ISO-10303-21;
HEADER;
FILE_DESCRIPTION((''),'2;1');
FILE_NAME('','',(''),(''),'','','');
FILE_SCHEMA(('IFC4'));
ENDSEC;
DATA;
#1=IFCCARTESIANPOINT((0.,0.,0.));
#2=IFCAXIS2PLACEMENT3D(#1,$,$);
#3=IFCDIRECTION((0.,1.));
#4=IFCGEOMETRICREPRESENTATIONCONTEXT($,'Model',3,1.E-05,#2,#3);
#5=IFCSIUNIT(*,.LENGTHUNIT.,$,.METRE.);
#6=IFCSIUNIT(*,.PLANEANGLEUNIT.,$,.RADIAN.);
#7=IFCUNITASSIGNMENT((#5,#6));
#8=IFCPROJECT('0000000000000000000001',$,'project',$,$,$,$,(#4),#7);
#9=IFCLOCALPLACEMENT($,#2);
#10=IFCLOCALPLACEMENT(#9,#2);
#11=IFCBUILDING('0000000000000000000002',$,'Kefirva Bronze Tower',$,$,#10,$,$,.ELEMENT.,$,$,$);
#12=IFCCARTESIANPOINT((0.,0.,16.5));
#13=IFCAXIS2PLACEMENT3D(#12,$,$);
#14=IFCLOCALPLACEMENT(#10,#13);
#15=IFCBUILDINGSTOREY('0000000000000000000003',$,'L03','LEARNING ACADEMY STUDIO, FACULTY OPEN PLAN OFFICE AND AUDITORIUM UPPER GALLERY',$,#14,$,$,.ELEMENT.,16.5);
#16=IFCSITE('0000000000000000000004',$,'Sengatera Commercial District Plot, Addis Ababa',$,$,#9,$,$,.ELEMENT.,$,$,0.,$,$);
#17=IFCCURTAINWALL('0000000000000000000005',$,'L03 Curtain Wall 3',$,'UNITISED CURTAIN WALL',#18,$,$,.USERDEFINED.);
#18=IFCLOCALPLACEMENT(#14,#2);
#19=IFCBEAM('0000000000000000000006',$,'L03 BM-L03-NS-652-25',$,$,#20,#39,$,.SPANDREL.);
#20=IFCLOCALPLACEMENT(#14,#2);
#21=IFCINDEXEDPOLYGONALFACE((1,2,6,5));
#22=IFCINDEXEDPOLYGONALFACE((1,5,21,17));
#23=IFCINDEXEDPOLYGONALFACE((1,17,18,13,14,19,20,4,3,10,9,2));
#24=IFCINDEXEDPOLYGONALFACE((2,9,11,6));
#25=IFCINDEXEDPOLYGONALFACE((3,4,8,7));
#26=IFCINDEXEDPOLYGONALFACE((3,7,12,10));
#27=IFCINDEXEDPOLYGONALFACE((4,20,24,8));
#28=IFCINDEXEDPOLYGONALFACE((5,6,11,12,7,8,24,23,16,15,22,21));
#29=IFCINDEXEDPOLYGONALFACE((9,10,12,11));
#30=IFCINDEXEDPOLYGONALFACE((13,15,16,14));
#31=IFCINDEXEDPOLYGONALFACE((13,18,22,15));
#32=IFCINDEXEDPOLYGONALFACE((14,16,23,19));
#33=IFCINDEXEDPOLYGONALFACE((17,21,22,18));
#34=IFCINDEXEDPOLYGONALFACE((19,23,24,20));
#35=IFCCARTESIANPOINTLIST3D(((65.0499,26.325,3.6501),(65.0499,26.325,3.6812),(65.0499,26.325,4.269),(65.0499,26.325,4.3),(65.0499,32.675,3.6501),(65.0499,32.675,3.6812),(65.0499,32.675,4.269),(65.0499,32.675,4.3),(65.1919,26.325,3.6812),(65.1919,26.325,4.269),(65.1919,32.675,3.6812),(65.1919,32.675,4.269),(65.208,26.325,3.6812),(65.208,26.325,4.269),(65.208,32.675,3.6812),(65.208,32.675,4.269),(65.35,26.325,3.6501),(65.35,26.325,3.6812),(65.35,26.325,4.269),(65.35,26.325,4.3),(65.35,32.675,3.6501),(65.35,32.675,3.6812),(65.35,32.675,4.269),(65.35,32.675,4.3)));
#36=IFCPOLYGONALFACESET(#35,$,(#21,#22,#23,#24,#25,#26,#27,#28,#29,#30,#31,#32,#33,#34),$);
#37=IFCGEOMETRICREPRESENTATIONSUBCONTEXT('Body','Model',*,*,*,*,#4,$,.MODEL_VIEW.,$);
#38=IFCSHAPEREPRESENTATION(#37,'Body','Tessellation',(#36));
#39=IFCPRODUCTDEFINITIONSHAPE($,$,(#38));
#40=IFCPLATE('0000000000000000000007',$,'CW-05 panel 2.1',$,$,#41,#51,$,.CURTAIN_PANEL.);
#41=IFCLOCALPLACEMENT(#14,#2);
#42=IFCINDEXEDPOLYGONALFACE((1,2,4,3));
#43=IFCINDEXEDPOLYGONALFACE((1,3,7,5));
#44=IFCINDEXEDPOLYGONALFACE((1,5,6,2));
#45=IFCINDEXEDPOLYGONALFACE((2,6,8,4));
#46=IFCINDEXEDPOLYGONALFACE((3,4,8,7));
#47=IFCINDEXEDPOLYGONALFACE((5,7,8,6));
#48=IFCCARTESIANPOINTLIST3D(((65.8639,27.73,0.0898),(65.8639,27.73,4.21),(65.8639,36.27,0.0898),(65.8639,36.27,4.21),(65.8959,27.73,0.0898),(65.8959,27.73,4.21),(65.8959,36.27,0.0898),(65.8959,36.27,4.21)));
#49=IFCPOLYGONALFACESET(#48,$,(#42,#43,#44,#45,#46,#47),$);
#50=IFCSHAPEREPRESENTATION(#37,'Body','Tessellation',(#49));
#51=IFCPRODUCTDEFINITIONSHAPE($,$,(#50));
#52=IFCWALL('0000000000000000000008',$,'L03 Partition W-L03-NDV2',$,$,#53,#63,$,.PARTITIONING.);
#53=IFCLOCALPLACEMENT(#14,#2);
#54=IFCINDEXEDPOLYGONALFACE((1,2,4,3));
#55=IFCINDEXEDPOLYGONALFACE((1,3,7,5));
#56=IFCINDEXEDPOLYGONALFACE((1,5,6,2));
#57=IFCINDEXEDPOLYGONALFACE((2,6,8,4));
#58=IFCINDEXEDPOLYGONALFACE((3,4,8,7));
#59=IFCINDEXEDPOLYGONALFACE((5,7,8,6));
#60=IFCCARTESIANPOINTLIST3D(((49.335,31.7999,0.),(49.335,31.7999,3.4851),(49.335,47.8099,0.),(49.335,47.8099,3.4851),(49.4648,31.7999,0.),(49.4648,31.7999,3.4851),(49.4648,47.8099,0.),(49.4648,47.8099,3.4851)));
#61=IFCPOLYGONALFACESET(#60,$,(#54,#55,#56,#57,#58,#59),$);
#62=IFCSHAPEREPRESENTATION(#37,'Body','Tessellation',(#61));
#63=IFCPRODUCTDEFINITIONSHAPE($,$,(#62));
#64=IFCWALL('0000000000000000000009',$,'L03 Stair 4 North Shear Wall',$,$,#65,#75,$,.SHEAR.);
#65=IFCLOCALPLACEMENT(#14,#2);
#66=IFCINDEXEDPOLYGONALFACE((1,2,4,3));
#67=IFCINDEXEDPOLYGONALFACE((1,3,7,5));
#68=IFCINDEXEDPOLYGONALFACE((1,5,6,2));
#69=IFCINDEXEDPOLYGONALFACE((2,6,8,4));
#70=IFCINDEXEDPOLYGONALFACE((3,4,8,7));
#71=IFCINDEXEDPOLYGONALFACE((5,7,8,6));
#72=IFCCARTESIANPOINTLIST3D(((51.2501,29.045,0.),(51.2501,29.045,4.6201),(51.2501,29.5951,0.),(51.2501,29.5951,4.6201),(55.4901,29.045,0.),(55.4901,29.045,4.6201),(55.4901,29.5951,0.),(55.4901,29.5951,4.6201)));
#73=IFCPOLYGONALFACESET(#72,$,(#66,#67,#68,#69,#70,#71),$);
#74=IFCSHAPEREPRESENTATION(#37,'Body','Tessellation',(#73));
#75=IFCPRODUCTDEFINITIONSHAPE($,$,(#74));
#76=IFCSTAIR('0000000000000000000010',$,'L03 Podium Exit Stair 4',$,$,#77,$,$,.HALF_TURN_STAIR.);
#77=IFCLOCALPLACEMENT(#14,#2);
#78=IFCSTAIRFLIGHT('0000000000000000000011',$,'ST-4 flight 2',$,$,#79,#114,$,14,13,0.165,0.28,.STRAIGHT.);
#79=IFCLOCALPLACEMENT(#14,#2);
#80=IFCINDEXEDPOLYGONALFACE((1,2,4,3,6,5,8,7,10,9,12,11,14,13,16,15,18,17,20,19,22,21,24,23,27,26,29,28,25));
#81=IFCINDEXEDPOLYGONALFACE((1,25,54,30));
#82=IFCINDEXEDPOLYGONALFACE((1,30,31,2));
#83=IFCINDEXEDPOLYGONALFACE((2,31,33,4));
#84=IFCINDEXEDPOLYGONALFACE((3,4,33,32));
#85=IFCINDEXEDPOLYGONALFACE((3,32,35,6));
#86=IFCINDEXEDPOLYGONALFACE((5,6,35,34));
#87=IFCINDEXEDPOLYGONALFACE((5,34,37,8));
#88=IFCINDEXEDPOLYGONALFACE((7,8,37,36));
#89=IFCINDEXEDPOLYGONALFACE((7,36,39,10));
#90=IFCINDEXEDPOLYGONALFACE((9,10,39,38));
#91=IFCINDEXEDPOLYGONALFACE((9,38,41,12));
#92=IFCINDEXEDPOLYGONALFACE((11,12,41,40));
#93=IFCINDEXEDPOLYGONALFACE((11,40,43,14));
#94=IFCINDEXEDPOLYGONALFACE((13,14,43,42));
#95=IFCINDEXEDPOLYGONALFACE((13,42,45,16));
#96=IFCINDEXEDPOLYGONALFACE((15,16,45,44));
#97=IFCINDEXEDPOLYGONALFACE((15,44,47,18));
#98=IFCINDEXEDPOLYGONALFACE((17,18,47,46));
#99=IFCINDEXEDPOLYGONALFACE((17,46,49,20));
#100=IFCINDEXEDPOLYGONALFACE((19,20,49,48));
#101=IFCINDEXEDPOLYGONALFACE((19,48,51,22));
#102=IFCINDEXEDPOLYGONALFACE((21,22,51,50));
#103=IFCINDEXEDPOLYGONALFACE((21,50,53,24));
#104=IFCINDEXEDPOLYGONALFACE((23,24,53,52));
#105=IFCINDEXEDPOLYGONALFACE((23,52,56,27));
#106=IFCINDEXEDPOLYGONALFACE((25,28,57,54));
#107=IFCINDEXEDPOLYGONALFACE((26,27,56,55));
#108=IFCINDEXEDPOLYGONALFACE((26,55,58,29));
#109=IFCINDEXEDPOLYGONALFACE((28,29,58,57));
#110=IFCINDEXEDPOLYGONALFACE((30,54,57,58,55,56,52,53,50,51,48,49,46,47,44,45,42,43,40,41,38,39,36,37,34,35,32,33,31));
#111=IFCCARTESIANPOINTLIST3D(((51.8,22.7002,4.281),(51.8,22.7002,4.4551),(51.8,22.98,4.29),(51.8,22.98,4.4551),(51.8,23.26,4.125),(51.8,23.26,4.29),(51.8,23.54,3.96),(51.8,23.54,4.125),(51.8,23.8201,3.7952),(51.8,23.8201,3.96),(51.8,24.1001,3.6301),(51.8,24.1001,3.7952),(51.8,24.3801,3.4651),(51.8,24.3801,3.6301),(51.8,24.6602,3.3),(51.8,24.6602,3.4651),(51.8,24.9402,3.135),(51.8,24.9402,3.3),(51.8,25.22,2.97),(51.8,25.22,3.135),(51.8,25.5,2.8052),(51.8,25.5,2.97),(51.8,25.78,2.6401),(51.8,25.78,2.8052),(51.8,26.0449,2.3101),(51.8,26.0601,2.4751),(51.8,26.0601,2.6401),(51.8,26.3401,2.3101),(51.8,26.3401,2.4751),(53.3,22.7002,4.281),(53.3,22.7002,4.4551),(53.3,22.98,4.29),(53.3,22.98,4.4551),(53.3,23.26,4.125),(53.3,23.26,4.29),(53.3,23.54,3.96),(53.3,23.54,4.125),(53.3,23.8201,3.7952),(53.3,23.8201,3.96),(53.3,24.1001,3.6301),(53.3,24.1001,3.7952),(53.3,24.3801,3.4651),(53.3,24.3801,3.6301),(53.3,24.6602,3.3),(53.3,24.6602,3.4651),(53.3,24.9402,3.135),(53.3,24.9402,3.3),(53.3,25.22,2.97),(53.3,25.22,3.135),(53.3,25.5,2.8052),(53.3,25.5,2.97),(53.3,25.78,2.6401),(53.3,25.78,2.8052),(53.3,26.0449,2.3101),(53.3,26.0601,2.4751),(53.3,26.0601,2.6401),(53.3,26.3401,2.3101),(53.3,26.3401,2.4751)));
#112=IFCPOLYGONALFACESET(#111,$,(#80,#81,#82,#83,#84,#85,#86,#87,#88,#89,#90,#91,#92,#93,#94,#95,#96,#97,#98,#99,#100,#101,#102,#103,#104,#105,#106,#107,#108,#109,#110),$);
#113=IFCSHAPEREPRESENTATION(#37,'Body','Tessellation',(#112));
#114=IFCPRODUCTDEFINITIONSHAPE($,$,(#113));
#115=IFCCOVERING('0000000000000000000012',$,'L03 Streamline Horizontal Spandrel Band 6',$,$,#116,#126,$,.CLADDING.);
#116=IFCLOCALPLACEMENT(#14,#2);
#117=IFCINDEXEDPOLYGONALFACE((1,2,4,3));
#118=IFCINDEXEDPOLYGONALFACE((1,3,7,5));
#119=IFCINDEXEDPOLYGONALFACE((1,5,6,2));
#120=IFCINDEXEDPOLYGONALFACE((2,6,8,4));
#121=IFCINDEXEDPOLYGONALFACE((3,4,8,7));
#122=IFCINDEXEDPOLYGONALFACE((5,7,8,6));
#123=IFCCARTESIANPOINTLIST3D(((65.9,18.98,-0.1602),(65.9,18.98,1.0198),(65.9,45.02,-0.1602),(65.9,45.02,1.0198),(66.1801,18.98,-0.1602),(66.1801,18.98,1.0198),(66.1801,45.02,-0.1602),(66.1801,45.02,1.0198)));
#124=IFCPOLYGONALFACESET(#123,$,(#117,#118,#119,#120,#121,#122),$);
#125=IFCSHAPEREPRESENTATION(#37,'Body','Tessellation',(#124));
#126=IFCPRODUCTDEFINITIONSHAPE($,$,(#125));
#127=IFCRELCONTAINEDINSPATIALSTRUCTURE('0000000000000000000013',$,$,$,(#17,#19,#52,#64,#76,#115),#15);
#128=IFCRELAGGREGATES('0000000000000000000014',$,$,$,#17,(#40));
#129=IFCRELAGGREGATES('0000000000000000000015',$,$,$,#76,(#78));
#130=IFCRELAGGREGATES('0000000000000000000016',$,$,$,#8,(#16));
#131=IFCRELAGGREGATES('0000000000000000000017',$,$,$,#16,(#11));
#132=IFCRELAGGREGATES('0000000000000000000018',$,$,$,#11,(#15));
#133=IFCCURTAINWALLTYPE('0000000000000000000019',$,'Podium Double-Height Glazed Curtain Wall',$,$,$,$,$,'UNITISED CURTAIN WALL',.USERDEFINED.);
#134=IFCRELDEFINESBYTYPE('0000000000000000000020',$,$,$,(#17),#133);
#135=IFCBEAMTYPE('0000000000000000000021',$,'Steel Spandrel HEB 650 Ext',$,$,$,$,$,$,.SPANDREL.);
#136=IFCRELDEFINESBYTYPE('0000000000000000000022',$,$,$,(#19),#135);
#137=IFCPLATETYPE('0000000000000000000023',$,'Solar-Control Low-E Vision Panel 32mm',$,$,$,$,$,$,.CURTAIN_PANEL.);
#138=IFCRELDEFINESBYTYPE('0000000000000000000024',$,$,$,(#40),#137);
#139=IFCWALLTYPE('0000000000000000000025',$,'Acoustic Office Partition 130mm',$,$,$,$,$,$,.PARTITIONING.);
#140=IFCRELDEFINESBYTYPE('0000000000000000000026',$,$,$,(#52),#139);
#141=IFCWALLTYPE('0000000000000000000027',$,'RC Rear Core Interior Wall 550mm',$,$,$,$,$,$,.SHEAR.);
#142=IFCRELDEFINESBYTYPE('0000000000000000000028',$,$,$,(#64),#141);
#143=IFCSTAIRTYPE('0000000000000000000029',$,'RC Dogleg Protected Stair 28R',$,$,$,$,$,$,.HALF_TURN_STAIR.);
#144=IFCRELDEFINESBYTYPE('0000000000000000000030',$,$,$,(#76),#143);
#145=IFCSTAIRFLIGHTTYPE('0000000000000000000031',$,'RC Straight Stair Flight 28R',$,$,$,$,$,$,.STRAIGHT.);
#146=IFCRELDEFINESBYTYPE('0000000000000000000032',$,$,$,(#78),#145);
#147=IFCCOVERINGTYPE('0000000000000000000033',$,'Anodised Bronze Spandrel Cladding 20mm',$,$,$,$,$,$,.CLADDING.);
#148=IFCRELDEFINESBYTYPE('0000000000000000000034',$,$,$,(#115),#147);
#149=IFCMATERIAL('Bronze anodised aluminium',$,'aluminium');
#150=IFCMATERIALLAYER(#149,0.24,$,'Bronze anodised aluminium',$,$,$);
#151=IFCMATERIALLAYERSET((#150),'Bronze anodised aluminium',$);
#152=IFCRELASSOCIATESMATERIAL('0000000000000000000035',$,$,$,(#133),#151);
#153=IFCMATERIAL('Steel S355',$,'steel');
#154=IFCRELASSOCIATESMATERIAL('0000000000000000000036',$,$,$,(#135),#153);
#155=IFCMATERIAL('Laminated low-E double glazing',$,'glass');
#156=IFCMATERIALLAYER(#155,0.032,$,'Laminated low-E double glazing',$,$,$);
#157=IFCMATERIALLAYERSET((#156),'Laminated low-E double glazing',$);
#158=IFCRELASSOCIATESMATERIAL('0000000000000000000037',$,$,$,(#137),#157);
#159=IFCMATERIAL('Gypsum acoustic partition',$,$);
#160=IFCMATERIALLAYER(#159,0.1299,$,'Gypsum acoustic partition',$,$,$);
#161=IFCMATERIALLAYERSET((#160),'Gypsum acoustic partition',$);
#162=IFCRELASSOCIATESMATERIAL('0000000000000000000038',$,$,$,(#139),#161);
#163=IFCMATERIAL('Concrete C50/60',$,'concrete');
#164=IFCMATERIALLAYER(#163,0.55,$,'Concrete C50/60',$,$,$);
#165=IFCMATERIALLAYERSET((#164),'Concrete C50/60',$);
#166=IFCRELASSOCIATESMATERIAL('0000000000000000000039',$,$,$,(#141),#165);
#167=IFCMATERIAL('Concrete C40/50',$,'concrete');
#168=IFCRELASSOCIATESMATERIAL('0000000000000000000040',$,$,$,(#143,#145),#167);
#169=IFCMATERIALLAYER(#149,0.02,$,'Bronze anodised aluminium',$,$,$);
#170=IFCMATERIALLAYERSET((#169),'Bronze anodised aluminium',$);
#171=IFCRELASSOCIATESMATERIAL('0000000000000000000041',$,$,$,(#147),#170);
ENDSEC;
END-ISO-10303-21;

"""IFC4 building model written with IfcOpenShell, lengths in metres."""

from ifc_helpers import new_model, si_unit, direction, frame, frame_2d, origin, origin_2d, place, context, subcontext, project, spatial, polyline, rectangle, i_section, outline, extrude, material, layer, layer_set, material_profile, profile_set, type_object, element, aggregate, save


model = new_model("IFC4")

# Units and contexts
model_context = context("Model", 3, precision=1e-05, world=origin(), true_north=direction((0.0, 1.0)))
body_context = subcontext(model_context, "Body", "Model", "MODEL_VIEW")
ifc_project = project(units=[si_unit("LENGTHUNIT", "METRE"), si_unit("PLANEANGLEUNIT", "RADIAN")], contexts=[model_context])

# Site, building, storey
site_placement = place(None, origin())
site = spatial("IfcSite", under=ifc_project, at=site_placement, Name="Sengatera Commercial District Plot, Addis Ababa", CompositionType="ELEMENT", RefElevation=0.0)
building_placement = place(site_placement, origin())
building = spatial("IfcBuilding", under=site, at=building_placement, Name="Kefirva Bronze Tower", CompositionType="ELEMENT")
storey_placement = place(building_placement, frame((0.0, 0.0, 16.5)))
storey = spatial("IfcBuildingStorey", under=building, at=storey_placement, Name="L03", Description="LEARNING ACADEMY STUDIO, FACULTY OPEN PLAN OFFICE AND AUDITORIUM UPPER GALLERY", CompositionType="ELEMENT", Elevation=16.5)

# Curtain wall
ifc_material_1 = material(Name="Bronze anodised aluminium", Category="aluminium")
ifc_layer_1 = layer(ifc_material_1, 0.24, Name="Bronze anodised aluminium")
ifc_layer_set_1 = layer_set([ifc_layer_1], Name="Bronze anodised aluminium")
curtain_wall_type = type_object("IfcCurtainWallType", Name="Podium Double-Height Glazed Curtain Wall", ElementType="UNITISED CURTAIN WALL", PredefinedType="USERDEFINED", material=ifc_layer_set_1)
curtain_wall_placement = place(storey_placement, origin())
curtain_wall = element("IfcCurtainWall", 1, at=curtain_wall_placement, inside=storey, type_object=curtain_wall_type, Name="L03 Curtain Wall 3", ObjectType="UNITISED CURTAIN WALL", PredefinedType="USERDEFINED")

# Beam
ifc_material_2 = material(Name="Steel S355", Category="steel")
ifc_material_profile_1 = material_profile(ifc_material_2, i_section(OverallWidth=0.3, OverallDepth=0.6499, WebThickness=0.0161, FlangeThickness=0.031, at=origin_2d()), Name="HEB 650")
ifc_profile_set_1 = profile_set([ifc_material_profile_1], Name="Steel S355")
beam_type_1 = type_object("IfcBeamType", Name="Steel Spandrel HEB 650 Ext", PredefinedType="SPANDREL", material=ifc_profile_set_1)
beam_1_placement = place(storey_placement, frame((65.2, 26.325, 3.9751), z_axis=(0.0, 1.0, 0.0), x_axis=(-1.0, 0.0, 0.0)))
element("IfcBeam", 2, at=beam_1_placement, inside=storey, type_object=beam_type_1, Name="L03 BM-L03-NS-652-25", PredefinedType="SPANDREL", context=body_context, shape_type="SweptSolid", body=[
    extrude(i_section(OverallWidth=0.3, OverallDepth=0.6499, WebThickness=0.0161, FlangeThickness=0.031, at=origin_2d()), origin(), (0.0, 0.0, 1.0), 6.3501),
])

# Plate
ifc_material_3 = material(Name="Laminated low-E double glazing", Category="glass")
ifc_layer_2 = layer(ifc_material_3, 0.032, Name="Laminated low-E double glazing")
ifc_layer_set_2 = layer_set([ifc_layer_2], Name="Laminated low-E double glazing")
plate_type = type_object("IfcPlateType", Name="Solar-Control Low-E Vision Panel 32mm", PredefinedType="CURTAIN_PANEL", material=ifc_layer_set_2)
plate_placement = place(storey_placement, frame((65.8799, 32.0, 0.0898), z_axis=(0.0, 0.0, 1.0), x_axis=(0.0, 1.0, 0.0)))
plate = element("IfcPlate", 3, at=plate_placement, type_object=plate_type, Name="CW-05 panel 2.1", PredefinedType="CURTAIN_PANEL", context=body_context, shape_type="SweptSolid", body=[
    extrude(rectangle(XDim=8.54, YDim=0.032, at=origin_2d()), origin(), (0.0, 0.0, 1.0), 4.1201),
])
aggregate(curtain_wall, [plate])

# Walls
ifc_material_4 = material(Name="Gypsum acoustic partition")
ifc_layer_3 = layer(ifc_material_4, 0.1299, Name="Gypsum acoustic partition")
ifc_layer_set_3 = layer_set([ifc_layer_3], Name="Gypsum acoustic partition")
wall_type_1 = type_object("IfcWallType", Name="Acoustic Office Partition 130mm", PredefinedType="PARTITIONING", material=ifc_layer_set_3)
wall_1_placement = place(storey_placement, frame((49.3999, 31.8, 0.0), z_axis=(0.0, 0.0, 1.0), x_axis=(0.0, 1.0, 0.0)))
element("IfcWall", 4, at=wall_1_placement, inside=storey, type_object=wall_type_1, Name="L03 Partition W-L03-NDV2", PredefinedType="PARTITIONING", context=body_context, shape_type="SweptSolid", body=[
    extrude(rectangle(XDim=16.01, YDim=0.1299, at=frame_2d((8.0049, 0.0))), origin(), (0.0, 0.0, 1.0), 3.4851),
])
ifc_material_5 = material(Name="Concrete C50/60", Category="concrete")
ifc_layer_4 = layer(ifc_material_5, 0.55, Name="Concrete C50/60")
ifc_layer_set_4 = layer_set([ifc_layer_4], Name="Concrete C50/60")
wall_type_2 = type_object("IfcWallType", Name="RC Rear Core Interior Wall 550mm", PredefinedType="SHEAR", material=ifc_layer_set_4)
wall_2_placement = place(storey_placement, frame((51.25, 29.3201, 0.0), z_axis=(0.0, 0.0, 1.0), x_axis=(1.0, 0.0, 0.0)))
element("IfcWall", 5, at=wall_2_placement, inside=storey, type_object=wall_type_2, Name="L03 Stair 4 North Shear Wall", PredefinedType="SHEAR", context=body_context, shape_type="SweptSolid", body=[
    extrude(rectangle(XDim=4.24, YDim=0.55, at=frame_2d((2.1201, 0.0))), origin(), (0.0, 0.0, 1.0), 4.6201),
])

# Stair, stair flight
ifc_material_6 = material(Name="Concrete C40/50", Category="concrete")
stair_type = type_object("IfcStairType", Name="RC Dogleg Protected Stair 28R", PredefinedType="HALF_TURN_STAIR", material=ifc_material_6)
stair_placement = place(storey_placement, origin())
stair = element("IfcStair", 6, at=stair_placement, inside=storey, type_object=stair_type, Name="L03 Podium Exit Stair 4", PredefinedType="HALF_TURN_STAIR")
stair_flight_type = type_object("IfcStairFlightType", Name="RC Straight Stair Flight 28R", PredefinedType="STRAIGHT", material=ifc_material_6)
stair_flight_placement = place(storey_placement, frame((52.55, 26.3401, 2.3101), z_axis=(0.0, 0.0, 1.0), x_axis=(0.0, -1.0, 0.0)))
stair_flight = element("IfcStairFlight", 7, at=stair_flight_placement, type_object=stair_flight_type, Name="ST-4 flight 2", NumberOfRisers=14, NumberOfTreads=13, PredefinedType="STRAIGHT", RiserHeight=0.165, TreadLength=0.28, context=body_context, shape_type="SweptSolid", body=[
    extrude(outline(polyline([(0.0, 0.0), (0.0, 0.165), (0.28, 0.165), (0.28, 0.3301), (0.5601, 0.3301), (0.5601, 0.4951), (0.8401, 0.4951), (0.8401, 0.6599), (1.1201, 0.6599), (1.1201, 0.825), (1.3999, 0.825), (1.3999, 0.99), (1.6799, 0.99), (1.6799, 1.155), (1.96, 1.155), (1.96, 1.3201), (2.24, 1.3201), (2.24, 1.4851), (2.52, 1.4851), (2.52, 1.6499), (2.8, 1.6499), (2.8, 1.8149), (3.0801, 1.8149), (3.0801, 1.98), (3.3601, 1.98), (3.3601, 2.145), (3.6399, 2.145), (3.6399, 2.3101), (3.6399, 1.9709), (0.2952, 0.0), (0.0, 0.0)])), frame((0.0, 0.75, 0.0), z_axis=(0.0, -1.0, 0.0), x_axis=(1.0, 0.0, 0.0)), (0.0, 0.0, 1.0), 1.5),
])
aggregate(stair, [stair_flight])

# Covering
ifc_layer_5 = layer(ifc_material_1, 0.02, Name="Bronze anodised aluminium")
ifc_layer_set_5 = layer_set([ifc_layer_5], Name="Bronze anodised aluminium")
covering_type_1 = type_object("IfcCoveringType", Name="Anodised Bronze Spandrel Cladding 20mm", PredefinedType="CLADDING", material=ifc_layer_set_5)
covering_1_placement = place(storey_placement, frame((66.04, 32.0, -0.1602), z_axis=(0.0, 0.0, 1.0), x_axis=(0.0, 1.0, 0.0)))
element("IfcCovering", 8, at=covering_1_placement, inside=storey, type_object=covering_type_1, Name="L03 Streamline Horizontal Spandrel Band 6", PredefinedType="CLADDING", context=body_context, shape_type="SweptSolid", body=[
    extrude(rectangle(XDim=26.04, YDim=0.28, at=origin_2d()), origin(), (0.0, 0.0, 1.0), 1.1799),
])

save(model, "model.ifc")
